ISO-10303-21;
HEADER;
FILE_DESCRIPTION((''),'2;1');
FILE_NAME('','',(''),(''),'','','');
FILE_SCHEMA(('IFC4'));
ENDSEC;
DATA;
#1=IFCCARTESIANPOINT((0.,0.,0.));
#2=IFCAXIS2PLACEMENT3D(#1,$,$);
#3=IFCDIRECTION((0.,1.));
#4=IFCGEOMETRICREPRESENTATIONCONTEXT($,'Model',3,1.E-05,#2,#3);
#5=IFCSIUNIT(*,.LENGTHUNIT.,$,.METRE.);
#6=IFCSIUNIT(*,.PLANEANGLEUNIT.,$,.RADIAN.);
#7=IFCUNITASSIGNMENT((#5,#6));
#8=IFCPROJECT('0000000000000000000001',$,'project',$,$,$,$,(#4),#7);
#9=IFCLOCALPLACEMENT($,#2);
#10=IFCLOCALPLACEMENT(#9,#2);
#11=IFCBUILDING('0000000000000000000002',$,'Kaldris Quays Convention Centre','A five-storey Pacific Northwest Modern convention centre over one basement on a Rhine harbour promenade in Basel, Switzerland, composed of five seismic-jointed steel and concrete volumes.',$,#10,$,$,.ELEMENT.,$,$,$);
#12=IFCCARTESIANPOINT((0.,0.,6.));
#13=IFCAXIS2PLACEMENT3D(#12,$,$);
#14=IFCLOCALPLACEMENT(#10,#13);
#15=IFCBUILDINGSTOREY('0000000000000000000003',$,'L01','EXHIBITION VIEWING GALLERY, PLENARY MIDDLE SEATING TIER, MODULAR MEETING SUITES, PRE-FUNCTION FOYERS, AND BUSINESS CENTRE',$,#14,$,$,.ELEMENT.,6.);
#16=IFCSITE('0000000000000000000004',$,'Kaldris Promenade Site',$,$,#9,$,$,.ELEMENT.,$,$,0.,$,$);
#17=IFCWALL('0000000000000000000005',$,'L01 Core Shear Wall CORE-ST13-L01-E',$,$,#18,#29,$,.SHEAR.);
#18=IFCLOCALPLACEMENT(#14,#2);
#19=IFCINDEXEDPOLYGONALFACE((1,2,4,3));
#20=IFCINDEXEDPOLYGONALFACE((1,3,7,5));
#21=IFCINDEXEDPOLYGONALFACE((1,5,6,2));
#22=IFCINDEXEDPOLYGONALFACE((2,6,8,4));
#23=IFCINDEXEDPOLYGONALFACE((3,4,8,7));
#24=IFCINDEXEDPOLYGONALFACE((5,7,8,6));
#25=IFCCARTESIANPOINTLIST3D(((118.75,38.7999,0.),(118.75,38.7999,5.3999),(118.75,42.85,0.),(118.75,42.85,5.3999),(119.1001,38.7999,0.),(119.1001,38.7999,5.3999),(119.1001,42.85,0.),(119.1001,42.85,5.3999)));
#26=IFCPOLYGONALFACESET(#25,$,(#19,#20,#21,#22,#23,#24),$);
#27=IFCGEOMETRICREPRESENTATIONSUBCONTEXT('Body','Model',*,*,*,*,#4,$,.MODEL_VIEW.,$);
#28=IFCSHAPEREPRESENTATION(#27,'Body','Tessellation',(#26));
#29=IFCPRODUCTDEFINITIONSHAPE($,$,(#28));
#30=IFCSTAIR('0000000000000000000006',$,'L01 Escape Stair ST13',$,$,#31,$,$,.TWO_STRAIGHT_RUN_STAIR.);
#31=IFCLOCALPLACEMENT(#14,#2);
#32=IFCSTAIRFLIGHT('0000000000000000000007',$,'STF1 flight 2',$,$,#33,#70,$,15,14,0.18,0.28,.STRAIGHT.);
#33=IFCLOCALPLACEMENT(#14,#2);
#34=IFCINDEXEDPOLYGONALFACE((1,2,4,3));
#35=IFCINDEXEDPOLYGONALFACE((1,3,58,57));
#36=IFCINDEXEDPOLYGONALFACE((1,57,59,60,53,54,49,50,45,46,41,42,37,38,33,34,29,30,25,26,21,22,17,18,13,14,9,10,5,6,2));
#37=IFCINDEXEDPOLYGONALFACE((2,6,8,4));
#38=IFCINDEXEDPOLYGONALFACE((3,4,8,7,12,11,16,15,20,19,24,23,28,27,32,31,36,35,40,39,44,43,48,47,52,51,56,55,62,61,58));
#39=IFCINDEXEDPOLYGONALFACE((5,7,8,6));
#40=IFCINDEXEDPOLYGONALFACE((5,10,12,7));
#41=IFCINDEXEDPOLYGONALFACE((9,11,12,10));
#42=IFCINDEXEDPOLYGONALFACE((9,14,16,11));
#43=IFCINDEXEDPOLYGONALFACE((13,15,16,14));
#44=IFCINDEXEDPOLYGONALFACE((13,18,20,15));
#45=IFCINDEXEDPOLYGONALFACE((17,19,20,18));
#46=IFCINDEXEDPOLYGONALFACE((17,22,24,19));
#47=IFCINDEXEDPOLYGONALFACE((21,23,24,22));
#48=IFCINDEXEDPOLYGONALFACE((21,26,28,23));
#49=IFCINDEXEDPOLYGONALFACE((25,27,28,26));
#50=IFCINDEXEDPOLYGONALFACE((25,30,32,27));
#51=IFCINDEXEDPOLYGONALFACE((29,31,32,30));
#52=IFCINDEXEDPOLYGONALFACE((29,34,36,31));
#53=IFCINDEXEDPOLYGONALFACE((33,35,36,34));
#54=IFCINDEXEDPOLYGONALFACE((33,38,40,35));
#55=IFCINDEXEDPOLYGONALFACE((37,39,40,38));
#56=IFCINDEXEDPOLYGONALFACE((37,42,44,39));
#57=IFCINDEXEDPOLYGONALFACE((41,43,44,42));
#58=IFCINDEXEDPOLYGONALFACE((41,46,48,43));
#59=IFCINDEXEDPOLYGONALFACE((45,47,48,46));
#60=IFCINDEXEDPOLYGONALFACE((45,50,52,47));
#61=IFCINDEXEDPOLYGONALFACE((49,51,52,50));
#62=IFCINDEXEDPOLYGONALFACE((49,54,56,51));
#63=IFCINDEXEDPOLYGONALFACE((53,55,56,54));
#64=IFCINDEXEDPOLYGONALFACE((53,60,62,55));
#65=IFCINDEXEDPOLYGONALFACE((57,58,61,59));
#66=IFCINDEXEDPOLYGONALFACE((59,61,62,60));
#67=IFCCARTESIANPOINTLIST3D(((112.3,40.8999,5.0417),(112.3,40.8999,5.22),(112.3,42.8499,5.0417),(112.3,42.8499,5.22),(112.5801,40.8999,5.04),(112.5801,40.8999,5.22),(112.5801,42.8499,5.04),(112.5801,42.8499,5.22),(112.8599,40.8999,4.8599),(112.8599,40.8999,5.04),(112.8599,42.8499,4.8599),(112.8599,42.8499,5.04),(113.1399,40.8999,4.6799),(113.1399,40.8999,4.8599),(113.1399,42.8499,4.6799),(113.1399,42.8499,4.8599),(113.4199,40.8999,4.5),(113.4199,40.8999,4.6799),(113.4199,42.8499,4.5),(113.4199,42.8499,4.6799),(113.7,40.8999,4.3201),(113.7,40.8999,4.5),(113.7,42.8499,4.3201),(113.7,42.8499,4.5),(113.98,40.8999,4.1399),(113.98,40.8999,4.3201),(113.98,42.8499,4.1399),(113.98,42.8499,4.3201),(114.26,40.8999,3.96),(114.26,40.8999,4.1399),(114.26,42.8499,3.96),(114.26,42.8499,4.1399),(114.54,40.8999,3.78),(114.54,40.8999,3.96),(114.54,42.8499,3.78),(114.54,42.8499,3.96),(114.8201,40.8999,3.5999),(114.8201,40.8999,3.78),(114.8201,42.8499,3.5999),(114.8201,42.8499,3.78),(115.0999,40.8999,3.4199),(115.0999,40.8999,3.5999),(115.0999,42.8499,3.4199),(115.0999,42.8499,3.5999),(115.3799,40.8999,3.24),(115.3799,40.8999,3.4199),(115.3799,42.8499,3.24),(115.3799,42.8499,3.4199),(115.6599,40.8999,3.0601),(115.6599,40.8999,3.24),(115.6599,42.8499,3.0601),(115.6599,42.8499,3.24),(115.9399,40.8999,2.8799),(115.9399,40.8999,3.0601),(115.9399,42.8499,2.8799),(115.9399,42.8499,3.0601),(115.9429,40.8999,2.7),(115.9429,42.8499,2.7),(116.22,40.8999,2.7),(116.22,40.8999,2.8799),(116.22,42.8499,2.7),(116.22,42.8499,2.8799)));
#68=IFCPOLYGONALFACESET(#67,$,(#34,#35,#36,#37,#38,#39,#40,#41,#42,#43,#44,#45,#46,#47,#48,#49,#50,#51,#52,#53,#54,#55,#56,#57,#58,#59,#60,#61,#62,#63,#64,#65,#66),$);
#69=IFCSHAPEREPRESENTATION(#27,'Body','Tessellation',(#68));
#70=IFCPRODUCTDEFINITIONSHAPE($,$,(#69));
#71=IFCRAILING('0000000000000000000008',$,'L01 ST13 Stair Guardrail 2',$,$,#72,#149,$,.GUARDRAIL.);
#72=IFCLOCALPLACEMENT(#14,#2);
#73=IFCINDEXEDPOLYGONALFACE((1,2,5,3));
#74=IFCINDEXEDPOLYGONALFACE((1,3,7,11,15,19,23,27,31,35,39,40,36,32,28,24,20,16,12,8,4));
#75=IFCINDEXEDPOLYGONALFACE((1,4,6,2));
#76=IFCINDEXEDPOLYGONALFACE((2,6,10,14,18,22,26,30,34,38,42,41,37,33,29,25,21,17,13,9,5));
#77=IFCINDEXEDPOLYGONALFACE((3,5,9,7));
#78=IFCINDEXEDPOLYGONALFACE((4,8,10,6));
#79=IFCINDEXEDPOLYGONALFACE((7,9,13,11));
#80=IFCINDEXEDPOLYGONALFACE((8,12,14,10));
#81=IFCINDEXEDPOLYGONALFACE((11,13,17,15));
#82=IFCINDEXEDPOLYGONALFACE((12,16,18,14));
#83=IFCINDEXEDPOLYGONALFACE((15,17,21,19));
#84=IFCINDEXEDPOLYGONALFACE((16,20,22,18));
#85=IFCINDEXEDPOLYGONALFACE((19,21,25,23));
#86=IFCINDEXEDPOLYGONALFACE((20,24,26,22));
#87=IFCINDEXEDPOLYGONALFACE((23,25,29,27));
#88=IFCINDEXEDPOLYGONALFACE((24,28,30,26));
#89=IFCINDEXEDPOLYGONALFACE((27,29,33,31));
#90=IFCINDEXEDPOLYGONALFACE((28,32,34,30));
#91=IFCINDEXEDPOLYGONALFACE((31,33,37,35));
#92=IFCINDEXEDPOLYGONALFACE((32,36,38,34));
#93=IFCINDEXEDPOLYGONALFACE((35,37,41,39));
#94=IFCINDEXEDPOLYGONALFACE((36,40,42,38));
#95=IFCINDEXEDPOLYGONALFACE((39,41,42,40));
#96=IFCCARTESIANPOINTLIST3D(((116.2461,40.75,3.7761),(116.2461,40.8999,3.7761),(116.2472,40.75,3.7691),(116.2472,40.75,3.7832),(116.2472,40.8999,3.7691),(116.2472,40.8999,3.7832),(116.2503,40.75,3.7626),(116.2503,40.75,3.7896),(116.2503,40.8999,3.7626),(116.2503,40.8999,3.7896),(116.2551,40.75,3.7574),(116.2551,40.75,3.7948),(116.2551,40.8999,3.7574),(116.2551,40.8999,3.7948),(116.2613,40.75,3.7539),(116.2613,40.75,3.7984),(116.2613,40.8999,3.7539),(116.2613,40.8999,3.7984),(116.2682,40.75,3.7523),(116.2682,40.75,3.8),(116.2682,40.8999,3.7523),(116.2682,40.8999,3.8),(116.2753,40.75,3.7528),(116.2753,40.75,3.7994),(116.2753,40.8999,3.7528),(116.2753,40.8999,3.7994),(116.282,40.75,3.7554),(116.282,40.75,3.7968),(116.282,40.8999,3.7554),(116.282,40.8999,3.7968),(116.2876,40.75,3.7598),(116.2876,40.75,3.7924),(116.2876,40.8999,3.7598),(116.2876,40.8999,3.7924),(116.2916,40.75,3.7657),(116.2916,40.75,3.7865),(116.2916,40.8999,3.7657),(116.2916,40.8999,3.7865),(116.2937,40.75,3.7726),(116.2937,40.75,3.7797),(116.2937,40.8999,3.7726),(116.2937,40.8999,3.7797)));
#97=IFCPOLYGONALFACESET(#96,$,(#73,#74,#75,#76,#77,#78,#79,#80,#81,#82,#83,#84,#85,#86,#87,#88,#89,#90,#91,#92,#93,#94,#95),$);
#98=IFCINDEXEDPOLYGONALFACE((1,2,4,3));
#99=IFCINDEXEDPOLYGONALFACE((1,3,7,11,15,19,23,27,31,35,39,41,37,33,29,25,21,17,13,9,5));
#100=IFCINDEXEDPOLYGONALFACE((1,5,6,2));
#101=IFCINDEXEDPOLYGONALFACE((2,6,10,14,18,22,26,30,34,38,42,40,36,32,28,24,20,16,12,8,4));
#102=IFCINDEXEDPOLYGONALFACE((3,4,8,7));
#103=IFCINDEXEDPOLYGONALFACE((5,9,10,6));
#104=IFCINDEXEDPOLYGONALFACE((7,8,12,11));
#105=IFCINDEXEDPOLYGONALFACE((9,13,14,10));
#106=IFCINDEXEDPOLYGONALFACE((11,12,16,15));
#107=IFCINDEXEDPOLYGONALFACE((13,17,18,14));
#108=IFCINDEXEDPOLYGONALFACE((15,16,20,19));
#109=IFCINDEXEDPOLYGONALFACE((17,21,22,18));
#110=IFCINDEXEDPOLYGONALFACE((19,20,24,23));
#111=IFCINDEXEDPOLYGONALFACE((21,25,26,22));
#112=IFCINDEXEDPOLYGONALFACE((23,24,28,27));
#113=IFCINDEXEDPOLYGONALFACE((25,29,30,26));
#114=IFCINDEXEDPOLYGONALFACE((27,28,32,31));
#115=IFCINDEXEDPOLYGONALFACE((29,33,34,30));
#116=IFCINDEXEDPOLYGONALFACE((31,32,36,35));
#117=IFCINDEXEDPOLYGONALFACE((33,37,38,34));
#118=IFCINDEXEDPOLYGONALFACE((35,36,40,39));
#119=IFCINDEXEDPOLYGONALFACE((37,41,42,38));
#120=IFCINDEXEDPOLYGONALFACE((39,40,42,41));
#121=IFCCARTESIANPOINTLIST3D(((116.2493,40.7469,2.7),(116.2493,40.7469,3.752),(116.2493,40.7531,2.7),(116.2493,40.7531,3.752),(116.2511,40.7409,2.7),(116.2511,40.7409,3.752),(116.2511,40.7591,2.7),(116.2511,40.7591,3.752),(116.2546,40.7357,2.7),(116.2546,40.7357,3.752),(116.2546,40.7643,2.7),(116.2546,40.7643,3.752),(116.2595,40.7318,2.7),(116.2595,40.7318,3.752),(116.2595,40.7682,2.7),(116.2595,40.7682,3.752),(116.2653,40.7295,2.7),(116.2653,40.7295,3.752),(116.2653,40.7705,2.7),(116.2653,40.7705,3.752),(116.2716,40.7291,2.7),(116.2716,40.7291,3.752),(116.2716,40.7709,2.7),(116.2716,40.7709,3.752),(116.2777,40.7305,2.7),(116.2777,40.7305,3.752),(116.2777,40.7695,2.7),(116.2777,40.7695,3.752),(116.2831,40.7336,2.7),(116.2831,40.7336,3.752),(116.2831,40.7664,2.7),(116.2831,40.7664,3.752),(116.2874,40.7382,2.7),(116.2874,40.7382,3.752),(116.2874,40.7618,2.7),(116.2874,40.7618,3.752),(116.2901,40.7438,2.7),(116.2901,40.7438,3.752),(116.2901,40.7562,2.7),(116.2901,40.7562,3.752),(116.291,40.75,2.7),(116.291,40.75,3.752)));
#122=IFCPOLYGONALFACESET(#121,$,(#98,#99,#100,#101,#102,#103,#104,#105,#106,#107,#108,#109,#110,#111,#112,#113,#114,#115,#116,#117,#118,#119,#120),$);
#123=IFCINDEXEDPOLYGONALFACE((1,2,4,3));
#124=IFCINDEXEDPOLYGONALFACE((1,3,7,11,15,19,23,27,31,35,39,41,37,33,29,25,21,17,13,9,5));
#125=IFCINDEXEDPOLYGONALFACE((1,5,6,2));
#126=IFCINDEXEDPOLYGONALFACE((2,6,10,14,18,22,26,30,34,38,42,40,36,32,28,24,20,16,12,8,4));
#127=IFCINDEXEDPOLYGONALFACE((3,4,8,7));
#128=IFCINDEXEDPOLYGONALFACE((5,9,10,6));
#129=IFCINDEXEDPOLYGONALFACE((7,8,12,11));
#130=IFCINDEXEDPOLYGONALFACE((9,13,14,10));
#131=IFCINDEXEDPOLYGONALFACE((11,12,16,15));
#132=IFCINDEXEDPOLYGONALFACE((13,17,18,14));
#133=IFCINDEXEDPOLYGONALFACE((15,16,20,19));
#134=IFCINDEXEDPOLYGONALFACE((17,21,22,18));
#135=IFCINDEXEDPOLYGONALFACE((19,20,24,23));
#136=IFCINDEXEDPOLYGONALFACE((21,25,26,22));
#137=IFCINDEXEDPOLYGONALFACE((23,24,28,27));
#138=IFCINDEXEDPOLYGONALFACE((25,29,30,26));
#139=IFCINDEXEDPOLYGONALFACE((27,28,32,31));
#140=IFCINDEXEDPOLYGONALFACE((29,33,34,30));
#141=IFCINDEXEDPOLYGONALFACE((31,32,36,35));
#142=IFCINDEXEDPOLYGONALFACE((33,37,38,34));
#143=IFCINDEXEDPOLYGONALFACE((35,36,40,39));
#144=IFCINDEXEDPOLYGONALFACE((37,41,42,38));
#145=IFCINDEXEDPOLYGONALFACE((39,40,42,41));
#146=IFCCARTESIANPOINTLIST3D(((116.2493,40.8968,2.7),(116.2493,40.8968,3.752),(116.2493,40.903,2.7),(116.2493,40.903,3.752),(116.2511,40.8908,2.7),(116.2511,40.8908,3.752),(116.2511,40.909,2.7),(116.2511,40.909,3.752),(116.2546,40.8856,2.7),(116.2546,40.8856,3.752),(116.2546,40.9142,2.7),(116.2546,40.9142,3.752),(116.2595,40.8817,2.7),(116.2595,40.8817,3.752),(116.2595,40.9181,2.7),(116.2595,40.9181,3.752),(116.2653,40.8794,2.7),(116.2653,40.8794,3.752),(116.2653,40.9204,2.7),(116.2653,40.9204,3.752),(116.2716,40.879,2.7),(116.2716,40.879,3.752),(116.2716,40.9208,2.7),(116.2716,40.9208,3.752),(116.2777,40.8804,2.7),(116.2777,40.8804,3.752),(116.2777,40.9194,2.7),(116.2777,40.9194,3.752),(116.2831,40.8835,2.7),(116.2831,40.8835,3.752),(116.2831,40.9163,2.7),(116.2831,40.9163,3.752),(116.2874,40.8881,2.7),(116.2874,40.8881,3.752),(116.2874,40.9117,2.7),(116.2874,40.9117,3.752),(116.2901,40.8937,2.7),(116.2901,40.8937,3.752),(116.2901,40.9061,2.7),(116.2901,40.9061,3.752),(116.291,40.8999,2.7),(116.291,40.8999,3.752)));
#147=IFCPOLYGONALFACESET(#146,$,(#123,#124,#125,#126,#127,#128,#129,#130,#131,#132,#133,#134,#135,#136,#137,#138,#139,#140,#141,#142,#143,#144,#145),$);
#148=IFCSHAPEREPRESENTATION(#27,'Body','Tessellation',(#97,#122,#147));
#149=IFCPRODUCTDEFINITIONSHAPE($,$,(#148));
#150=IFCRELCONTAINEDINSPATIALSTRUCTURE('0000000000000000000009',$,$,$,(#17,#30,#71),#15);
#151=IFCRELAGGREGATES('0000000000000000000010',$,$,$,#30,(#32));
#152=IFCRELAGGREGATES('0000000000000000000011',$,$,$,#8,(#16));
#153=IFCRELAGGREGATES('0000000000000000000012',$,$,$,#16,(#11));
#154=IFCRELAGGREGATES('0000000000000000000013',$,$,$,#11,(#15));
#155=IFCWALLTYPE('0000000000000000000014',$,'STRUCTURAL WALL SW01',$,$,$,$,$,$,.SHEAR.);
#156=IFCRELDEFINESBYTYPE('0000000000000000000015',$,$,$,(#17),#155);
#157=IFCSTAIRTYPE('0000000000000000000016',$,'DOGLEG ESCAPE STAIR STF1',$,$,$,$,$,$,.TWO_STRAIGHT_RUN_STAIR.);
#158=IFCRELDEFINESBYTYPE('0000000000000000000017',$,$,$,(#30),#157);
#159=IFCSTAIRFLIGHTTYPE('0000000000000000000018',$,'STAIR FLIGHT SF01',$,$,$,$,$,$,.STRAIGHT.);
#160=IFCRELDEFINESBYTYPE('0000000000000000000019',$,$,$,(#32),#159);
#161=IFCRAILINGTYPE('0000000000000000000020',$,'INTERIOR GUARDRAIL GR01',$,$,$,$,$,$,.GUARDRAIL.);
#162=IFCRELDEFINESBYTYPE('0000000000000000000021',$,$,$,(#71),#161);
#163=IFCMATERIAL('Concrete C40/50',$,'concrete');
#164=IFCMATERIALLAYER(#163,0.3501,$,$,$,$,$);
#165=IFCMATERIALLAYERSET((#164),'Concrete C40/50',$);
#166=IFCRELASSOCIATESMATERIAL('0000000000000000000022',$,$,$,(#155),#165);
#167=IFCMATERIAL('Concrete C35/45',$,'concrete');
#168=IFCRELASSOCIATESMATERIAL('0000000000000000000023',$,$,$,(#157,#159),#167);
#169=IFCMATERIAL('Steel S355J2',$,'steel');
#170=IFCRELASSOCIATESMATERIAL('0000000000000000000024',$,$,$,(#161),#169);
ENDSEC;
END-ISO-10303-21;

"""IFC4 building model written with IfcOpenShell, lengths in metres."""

from ifc_helpers import new_model, si_unit, direction, frame, frame_2d, origin, origin_2d, place, context, subcontext, project, spatial, polyline, rectangle, circle, outline, extrude, material, layer, layer_set, type_object, element, aggregate, save


model = new_model("IFC4")

# Units and contexts
model_context = context("Model", 3, precision=1e-05, world=origin(), true_north=direction((0.0, 1.0)))
body_context = subcontext(model_context, "Body", "Model", "MODEL_VIEW")
ifc_project = project(units=[si_unit("LENGTHUNIT", "METRE"), si_unit("PLANEANGLEUNIT", "RADIAN")], contexts=[model_context])

# Site, building, storey
site_placement = place(None, origin())
site = spatial("IfcSite", under=ifc_project, at=site_placement, Name="Kaldris Promenade Site", CompositionType="ELEMENT", RefElevation=0.0)
building_placement = place(site_placement, origin())
building = spatial("IfcBuilding", under=site, at=building_placement, Name="Kaldris Quays Convention Centre", Description="A five-storey Pacific Northwest Modern convention centre over one basement on a Rhine harbour promenade in Basel, Switzerland, composed of five seismic-jointed steel and concrete volumes.", CompositionType="ELEMENT")
storey_placement = place(building_placement, frame((0.0, 0.0, 6.0)))
storey = spatial("IfcBuildingStorey", under=building, at=storey_placement, Name="L01", Description="EXHIBITION VIEWING GALLERY, PLENARY MIDDLE SEATING TIER, MODULAR MEETING SUITES, PRE-FUNCTION FOYERS, AND BUSINESS CENTRE", CompositionType="ELEMENT", Elevation=6.0)

# Shared definitions
ifc_material_1 = material(Name="Steel S355J2", Category="steel")

# Wall
ifc_material_2 = material(Name="Concrete C40/50", Category="concrete")
ifc_layer_1 = layer(ifc_material_2, 0.3501)
ifc_layer_set_1 = layer_set([ifc_layer_1], Name="Concrete C40/50")
wall_type_1 = type_object("IfcWallType", Name="STRUCTURAL WALL SW01", PredefinedType="SHEAR", material=ifc_layer_set_1)
wall_1_placement = place(storey_placement, frame((118.925, 38.8, 0.0), z_axis=(0.0, 0.0, 1.0), x_axis=(0.0, 1.0, 0.0)))
element("IfcWall", 1, at=wall_1_placement, inside=storey, type_object=wall_type_1, Name="L01 Core Shear Wall CORE-ST13-L01-E", PredefinedType="SHEAR", context=body_context, shape_type="SweptSolid", body=[
    extrude(rectangle(XDim=4.05, YDim=0.3501, at=frame_2d((2.0249, 0.0))), origin(), (0.0, 0.0, 1.0), 5.3999),
])

# Stair, stair flight
ifc_material_3 = material(Name="Concrete C35/45", Category="concrete")
stair_type = type_object("IfcStairType", Name="DOGLEG ESCAPE STAIR STF1", PredefinedType="TWO_STRAIGHT_RUN_STAIR", material=ifc_material_3)
stair_placement = place(storey_placement, origin())
stair = element("IfcStair", 2, at=stair_placement, inside=storey, type_object=stair_type, Name="L01 Escape Stair ST13", PredefinedType="TWO_STRAIGHT_RUN_STAIR")
stair_flight_type = type_object("IfcStairFlightType", Name="STAIR FLIGHT SF01", PredefinedType="STRAIGHT", material=ifc_material_3)
stair_flight_placement = place(storey_placement, frame((116.22, 41.875, 2.7), z_axis=(0.0, 0.0, 1.0), x_axis=(-1.0, 0.0, 0.0)))
stair_flight = element("IfcStairFlight", 3, at=stair_flight_placement, type_object=stair_flight_type, Name="STF1 flight 2", NumberOfRisers=15, NumberOfTreads=14, PredefinedType="STRAIGHT", RiserHeight=0.18, TreadLength=0.28, context=body_context, shape_type="SweptSolid", body=[
    extrude(outline(polyline([(0.0, 0.0), (0.0, 0.1799), (0.28, 0.1799), (0.28, 0.3601), (0.5601, 0.3601), (0.5601, 0.54), (0.8401, 0.54), (0.8401, 0.72), (1.1201, 0.72), (1.1201, 0.8999), (1.3999, 0.8999), (1.3999, 1.0801), (1.6799, 1.0801), (1.6799, 1.26), (1.96, 1.26), (1.96, 1.4399), (2.24, 1.4399), (2.24, 1.6201), (2.52, 1.6201), (2.52, 1.8), (2.8, 1.8), (2.8, 1.98), (3.0801, 1.98), (3.0801, 2.1599), (3.3601, 2.1599), (3.3601, 2.3401), (3.6399, 2.3401), (3.6399, 2.52), (3.9199, 2.52), (3.9199, 2.7), (3.9199, 2.3418), (0.2771, 0.0), (0.0, 0.0)])), frame((0.0, 0.9751, 0.0), z_axis=(0.0, -1.0, 0.0), x_axis=(1.0, 0.0, 0.0)), (0.0, 0.0, 1.0), 1.95),
])
aggregate(stair, [stair_flight])

# Railing
railing_type_1 = type_object("IfcRailingType", Name="INTERIOR GUARDRAIL GR01", PredefinedType="GUARDRAIL", material=ifc_material_1)
railing_1_placement = place(storey_placement, frame((116.27, 40.75, 2.7)))
element("IfcRailing", 4, at=railing_1_placement, inside=storey, type_object=railing_type_1, Name="L01 ST13 Stair Guardrail 2", PredefinedType="GUARDRAIL", context=body_context, shape_type="SweptSolid", body=[
    extrude(circle(Radius=0.0239, at=origin_2d()), frame((0.0, 0.0, 1.0762), z_axis=(0.0, 1.0, 0.0), x_axis=(-1.0, 0.0, 0.0)), (0.0, 0.0, 1.0), 0.1499),
    extrude(circle(Radius=0.021, at=origin_2d()), origin(), (0.0, 0.0, 1.0), 1.052),
    extrude(circle(Radius=0.021, at=origin_2d()), frame((0.0, 0.1499, 0.0)), (0.0, 0.0, 1.0), 1.052),
])

save(model, "model.ifc")
